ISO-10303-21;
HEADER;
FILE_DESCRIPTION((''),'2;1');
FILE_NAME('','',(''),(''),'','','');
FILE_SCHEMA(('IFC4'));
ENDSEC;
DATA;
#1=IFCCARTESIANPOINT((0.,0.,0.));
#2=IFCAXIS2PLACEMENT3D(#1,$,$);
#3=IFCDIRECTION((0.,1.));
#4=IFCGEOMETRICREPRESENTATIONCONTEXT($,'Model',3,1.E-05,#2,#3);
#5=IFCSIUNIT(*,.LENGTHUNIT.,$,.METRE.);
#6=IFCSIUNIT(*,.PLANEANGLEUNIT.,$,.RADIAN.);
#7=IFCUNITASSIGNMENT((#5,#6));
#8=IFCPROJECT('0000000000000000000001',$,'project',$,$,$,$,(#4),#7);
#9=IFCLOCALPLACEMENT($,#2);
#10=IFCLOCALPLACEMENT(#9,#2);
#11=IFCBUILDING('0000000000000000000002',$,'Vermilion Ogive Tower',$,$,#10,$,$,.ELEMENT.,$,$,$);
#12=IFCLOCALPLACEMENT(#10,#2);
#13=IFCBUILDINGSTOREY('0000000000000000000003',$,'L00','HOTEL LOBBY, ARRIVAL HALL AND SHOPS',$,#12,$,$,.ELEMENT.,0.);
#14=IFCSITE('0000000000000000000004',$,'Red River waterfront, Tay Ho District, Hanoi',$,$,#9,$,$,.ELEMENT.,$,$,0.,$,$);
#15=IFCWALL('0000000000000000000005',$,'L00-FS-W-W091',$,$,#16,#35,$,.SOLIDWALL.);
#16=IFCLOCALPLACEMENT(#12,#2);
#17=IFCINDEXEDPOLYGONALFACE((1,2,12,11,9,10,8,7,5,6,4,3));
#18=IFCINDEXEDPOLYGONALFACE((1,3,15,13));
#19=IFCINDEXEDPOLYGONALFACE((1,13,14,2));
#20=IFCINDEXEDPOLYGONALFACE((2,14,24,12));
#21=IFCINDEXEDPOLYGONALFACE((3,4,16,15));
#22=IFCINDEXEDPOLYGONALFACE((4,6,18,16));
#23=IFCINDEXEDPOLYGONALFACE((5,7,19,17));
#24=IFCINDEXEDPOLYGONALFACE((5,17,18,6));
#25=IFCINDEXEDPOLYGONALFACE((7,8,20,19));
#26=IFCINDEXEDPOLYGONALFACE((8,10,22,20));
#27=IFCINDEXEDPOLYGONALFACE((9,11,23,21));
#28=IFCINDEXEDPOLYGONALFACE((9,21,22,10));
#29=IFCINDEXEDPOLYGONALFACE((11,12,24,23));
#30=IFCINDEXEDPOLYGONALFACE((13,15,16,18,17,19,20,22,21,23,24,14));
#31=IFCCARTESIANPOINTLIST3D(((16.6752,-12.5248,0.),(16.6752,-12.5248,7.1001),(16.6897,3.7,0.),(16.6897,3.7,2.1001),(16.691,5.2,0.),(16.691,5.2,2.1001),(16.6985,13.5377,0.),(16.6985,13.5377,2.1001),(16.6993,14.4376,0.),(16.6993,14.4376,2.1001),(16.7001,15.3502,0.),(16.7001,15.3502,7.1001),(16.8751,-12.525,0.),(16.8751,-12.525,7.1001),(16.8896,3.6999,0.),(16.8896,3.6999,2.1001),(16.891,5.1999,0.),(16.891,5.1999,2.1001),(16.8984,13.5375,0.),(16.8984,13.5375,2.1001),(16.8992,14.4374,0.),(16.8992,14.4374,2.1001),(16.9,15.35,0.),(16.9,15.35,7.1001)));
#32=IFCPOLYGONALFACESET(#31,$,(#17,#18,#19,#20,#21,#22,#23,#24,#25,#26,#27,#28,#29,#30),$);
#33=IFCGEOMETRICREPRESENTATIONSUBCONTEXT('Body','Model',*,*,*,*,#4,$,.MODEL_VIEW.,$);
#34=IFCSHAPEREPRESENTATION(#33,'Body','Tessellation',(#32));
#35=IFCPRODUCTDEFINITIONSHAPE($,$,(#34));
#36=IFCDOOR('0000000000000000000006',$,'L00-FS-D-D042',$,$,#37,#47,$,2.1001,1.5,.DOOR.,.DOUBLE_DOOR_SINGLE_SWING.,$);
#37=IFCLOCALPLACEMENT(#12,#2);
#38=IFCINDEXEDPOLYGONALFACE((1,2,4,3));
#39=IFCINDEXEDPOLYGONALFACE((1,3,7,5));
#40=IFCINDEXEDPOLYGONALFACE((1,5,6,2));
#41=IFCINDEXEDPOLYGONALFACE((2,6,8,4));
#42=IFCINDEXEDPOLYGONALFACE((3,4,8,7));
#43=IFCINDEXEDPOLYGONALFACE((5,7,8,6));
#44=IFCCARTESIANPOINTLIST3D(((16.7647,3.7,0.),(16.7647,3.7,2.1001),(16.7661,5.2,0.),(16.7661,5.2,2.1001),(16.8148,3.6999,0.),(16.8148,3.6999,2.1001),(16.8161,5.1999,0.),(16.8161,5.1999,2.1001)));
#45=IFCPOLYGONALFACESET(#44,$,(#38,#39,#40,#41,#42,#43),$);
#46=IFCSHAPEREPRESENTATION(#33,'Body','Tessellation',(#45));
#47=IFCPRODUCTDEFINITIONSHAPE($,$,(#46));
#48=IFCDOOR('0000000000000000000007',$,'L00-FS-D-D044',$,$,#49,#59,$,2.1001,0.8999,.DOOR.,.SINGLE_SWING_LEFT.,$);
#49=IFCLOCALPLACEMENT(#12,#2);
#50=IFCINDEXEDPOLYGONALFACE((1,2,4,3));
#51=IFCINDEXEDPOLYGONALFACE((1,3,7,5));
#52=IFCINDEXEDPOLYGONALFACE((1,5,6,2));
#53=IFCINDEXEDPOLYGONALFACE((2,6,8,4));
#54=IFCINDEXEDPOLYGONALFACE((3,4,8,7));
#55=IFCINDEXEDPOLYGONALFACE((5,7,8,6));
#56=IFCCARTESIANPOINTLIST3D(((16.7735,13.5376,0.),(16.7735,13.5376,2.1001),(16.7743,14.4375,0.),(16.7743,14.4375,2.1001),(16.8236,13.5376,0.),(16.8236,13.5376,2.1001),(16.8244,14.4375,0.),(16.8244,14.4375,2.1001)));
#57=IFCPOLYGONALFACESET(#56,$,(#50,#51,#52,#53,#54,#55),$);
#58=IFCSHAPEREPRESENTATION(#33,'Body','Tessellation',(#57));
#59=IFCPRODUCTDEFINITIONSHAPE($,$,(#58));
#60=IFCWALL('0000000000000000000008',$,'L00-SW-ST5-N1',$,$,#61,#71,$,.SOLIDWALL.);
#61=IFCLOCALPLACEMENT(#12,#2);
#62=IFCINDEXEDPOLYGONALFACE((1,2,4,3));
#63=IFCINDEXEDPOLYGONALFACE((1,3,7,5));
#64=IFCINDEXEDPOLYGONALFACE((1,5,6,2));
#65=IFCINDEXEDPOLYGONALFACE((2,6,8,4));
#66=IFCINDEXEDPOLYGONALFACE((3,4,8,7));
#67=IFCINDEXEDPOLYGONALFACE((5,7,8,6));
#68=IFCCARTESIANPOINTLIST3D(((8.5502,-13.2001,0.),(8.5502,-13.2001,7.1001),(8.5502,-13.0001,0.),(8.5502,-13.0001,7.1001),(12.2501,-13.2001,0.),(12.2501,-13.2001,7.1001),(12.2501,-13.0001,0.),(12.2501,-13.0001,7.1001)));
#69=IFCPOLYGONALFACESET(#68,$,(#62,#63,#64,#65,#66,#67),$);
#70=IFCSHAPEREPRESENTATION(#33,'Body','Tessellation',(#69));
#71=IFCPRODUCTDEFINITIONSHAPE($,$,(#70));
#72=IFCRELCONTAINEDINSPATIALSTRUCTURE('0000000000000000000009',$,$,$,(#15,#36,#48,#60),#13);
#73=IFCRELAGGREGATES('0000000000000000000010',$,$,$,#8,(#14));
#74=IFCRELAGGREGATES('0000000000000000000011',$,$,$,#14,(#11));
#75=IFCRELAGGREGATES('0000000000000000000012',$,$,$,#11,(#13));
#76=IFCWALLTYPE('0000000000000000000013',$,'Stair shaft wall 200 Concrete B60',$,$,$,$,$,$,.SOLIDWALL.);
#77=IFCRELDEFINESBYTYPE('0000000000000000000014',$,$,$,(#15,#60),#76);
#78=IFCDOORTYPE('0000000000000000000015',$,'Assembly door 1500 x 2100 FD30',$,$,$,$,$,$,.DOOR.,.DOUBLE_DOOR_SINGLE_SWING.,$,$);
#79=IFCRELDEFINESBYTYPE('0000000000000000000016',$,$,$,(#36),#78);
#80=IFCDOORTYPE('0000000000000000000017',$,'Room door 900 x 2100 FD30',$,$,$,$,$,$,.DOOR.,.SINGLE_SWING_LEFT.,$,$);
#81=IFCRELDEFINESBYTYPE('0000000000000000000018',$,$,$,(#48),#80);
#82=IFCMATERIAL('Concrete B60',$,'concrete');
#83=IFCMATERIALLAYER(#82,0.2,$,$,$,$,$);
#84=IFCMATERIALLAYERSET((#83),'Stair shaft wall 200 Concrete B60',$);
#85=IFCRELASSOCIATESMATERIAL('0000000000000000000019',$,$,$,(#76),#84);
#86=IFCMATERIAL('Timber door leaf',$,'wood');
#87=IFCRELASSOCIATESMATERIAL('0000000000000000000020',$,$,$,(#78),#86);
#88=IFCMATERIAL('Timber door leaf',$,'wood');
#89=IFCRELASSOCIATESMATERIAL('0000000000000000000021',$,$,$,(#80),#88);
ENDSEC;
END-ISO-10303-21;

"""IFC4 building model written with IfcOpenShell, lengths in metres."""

from ifc_helpers import new_model, si_unit, direction, frame, frame_2d, origin, place, context, subcontext, project, spatial, rectangle, extrude, material, layer, layer_set, type_object, element, fill, save


model = new_model("IFC4")

# Units and contexts
model_context = context("Model", 3, precision=1e-05, world=origin(), true_north=direction((0.0, 1.0)))
body_context = subcontext(model_context, "Body", "Model", "MODEL_VIEW")
ifc_project = project(units=[si_unit("LENGTHUNIT", "METRE"), si_unit("PLANEANGLEUNIT", "RADIAN")], contexts=[model_context])

# Site, building, storey
site_placement = place(None, origin())
site = spatial("IfcSite", under=ifc_project, at=site_placement, Name="Red River waterfront, Tay Ho District, Hanoi", CompositionType="ELEMENT", RefElevation=0.0)
building_placement = place(site_placement, origin())
building = spatial("IfcBuilding", under=site, at=building_placement, Name="Vermilion Ogive Tower", CompositionType="ELEMENT")
storey_placement = place(building_placement, origin())
storey = spatial("IfcBuildingStorey", under=building, at=storey_placement, Name="L00", Description="HOTEL LOBBY, ARRIVAL HALL AND SHOPS", CompositionType="ELEMENT", Elevation=0.0)

# Wall, openings, doors
ifc_material_1 = material(Name="Concrete B60", Category="concrete")
ifc_layer_1 = layer(ifc_material_1, 0.2)
ifc_layer_set_1 = layer_set([ifc_layer_1], Name="Stair shaft wall 200 Concrete B60")
wall_type_1 = type_object("IfcWallType", Name="Stair shaft wall 200 Concrete B60", PredefinedType="SOLIDWALL", material=ifc_layer_set_1)
wall_1_placement = place(storey_placement, frame((16.7751, -12.5249, 0.0), z_axis=(0.0, 0.0, 1.0), x_axis=(0.000893, 1.0, 0.0)))
wall_1 = element("IfcWall", 1, at=wall_1_placement, inside=storey, type_object=wall_type_1, Name="L00-FS-W-W091", PredefinedType="SOLIDWALL", context=body_context, shape_type="SweptSolid", body=[
    extrude(rectangle(XDim=27.875, YDim=0.2, at=frame_2d((13.9375, 0.0))), origin(), (0.0, 0.0, 1.0), 7.1001),
])
opening_1_placement = place(wall_1_placement, frame((16.2249, 0.0, 0.0)))
opening_1 = element("IfcOpeningElement", 2, at=opening_1_placement, cuts=wall_1, PredefinedType="OPENING", context=body_context, shape_type="SweptSolid", body=[
    extrude(rectangle(XDim=1.5, YDim=2.1001, at=frame_2d((0.75, 1.05))), frame((0.0, 0.1099, 0.0), z_axis=(0.0, -1.0, 0.0), x_axis=(1.0, 0.0, 0.0)), (0.0, 0.0, 1.0), 0.22),
])
opening_2_placement = place(wall_1_placement, frame((26.0625, 0.0, 0.0)))
opening_2 = element("IfcOpeningElement", 3, at=opening_2_placement, cuts=wall_1, PredefinedType="OPENING", context=body_context, shape_type="SweptSolid", body=[
    extrude(rectangle(XDim=0.8999, YDim=2.1001, at=frame_2d((0.45, 1.05))), frame((0.0, 0.1099, 0.0), z_axis=(0.0, -1.0, 0.0), x_axis=(1.0, 0.0, 0.0)), (0.0, 0.0, 1.0), 0.22),
])
ifc_material_2 = material(Name="Timber door leaf", Category="wood")
door_type_1 = type_object("IfcDoorType", Name="Assembly door 1500 x 2100 FD30", OperationType="DOUBLE_DOOR_SINGLE_SWING", PredefinedType="DOOR", material=ifc_material_2)
door_1_placement = place(opening_1_placement, origin())
door_1 = element("IfcDoor", 4, at=door_1_placement, inside=storey, type_object=door_type_1, Name="L00-FS-D-D042", OperationType="DOUBLE_DOOR_SINGLE_SWING", OverallHeight=2.1001, OverallWidth=1.5, PredefinedType="DOOR", context=body_context, shape_type="SweptSolid", body=[
    extrude(rectangle(XDim=1.5, YDim=2.1001, at=frame_2d((0.75, 1.05))), frame((0.0, 0.0249, 0.0), z_axis=(0.0, -1.0, 0.0), x_axis=(1.0, 0.0, 0.0)), (0.0, 0.0, 1.0), 0.05),
])
fill(opening_1, door_1)
ifc_material_3 = material(Name="Timber door leaf", Category="wood")
door_type_2 = type_object("IfcDoorType", Name="Room door 900 x 2100 FD30", OperationType="SINGLE_SWING_LEFT", PredefinedType="DOOR", material=ifc_material_3)
door_2_placement = place(opening_2_placement, origin())
door_2 = element("IfcDoor", 5, at=door_2_placement, inside=storey, type_object=door_type_2, Name="L00-FS-D-D044", OperationType="SINGLE_SWING_LEFT", OverallHeight=2.1001, OverallWidth=0.8999, PredefinedType="DOOR", context=body_context, shape_type="SweptSolid", body=[
    extrude(rectangle(XDim=0.8999, YDim=2.1001, at=frame_2d((0.45, 1.05))), frame((0.0, 0.0249, 0.0), z_axis=(0.0, -1.0, 0.0), x_axis=(1.0, 0.0, 0.0)), (0.0, 0.0, 1.0), 0.05),
])
fill(opening_2, door_2)

# Wall
wall_2_placement = place(storey_placement, frame((8.55, -13.1001, 0.0), z_axis=(0.0, 0.0, 1.0), x_axis=(1.0, 0.0, 0.0)))
element("IfcWall", 6, at=wall_2_placement, inside=storey, type_object=wall_type_1, Name="L00-SW-ST5-N1", PredefinedType="SOLIDWALL", context=body_context, shape_type="SweptSolid", body=[
    extrude(rectangle(XDim=3.7, YDim=0.2, at=frame_2d((1.8501, 0.0))), origin(), (0.0, 0.0, 1.0), 7.1001),
])

save(model, "model.ifc")
